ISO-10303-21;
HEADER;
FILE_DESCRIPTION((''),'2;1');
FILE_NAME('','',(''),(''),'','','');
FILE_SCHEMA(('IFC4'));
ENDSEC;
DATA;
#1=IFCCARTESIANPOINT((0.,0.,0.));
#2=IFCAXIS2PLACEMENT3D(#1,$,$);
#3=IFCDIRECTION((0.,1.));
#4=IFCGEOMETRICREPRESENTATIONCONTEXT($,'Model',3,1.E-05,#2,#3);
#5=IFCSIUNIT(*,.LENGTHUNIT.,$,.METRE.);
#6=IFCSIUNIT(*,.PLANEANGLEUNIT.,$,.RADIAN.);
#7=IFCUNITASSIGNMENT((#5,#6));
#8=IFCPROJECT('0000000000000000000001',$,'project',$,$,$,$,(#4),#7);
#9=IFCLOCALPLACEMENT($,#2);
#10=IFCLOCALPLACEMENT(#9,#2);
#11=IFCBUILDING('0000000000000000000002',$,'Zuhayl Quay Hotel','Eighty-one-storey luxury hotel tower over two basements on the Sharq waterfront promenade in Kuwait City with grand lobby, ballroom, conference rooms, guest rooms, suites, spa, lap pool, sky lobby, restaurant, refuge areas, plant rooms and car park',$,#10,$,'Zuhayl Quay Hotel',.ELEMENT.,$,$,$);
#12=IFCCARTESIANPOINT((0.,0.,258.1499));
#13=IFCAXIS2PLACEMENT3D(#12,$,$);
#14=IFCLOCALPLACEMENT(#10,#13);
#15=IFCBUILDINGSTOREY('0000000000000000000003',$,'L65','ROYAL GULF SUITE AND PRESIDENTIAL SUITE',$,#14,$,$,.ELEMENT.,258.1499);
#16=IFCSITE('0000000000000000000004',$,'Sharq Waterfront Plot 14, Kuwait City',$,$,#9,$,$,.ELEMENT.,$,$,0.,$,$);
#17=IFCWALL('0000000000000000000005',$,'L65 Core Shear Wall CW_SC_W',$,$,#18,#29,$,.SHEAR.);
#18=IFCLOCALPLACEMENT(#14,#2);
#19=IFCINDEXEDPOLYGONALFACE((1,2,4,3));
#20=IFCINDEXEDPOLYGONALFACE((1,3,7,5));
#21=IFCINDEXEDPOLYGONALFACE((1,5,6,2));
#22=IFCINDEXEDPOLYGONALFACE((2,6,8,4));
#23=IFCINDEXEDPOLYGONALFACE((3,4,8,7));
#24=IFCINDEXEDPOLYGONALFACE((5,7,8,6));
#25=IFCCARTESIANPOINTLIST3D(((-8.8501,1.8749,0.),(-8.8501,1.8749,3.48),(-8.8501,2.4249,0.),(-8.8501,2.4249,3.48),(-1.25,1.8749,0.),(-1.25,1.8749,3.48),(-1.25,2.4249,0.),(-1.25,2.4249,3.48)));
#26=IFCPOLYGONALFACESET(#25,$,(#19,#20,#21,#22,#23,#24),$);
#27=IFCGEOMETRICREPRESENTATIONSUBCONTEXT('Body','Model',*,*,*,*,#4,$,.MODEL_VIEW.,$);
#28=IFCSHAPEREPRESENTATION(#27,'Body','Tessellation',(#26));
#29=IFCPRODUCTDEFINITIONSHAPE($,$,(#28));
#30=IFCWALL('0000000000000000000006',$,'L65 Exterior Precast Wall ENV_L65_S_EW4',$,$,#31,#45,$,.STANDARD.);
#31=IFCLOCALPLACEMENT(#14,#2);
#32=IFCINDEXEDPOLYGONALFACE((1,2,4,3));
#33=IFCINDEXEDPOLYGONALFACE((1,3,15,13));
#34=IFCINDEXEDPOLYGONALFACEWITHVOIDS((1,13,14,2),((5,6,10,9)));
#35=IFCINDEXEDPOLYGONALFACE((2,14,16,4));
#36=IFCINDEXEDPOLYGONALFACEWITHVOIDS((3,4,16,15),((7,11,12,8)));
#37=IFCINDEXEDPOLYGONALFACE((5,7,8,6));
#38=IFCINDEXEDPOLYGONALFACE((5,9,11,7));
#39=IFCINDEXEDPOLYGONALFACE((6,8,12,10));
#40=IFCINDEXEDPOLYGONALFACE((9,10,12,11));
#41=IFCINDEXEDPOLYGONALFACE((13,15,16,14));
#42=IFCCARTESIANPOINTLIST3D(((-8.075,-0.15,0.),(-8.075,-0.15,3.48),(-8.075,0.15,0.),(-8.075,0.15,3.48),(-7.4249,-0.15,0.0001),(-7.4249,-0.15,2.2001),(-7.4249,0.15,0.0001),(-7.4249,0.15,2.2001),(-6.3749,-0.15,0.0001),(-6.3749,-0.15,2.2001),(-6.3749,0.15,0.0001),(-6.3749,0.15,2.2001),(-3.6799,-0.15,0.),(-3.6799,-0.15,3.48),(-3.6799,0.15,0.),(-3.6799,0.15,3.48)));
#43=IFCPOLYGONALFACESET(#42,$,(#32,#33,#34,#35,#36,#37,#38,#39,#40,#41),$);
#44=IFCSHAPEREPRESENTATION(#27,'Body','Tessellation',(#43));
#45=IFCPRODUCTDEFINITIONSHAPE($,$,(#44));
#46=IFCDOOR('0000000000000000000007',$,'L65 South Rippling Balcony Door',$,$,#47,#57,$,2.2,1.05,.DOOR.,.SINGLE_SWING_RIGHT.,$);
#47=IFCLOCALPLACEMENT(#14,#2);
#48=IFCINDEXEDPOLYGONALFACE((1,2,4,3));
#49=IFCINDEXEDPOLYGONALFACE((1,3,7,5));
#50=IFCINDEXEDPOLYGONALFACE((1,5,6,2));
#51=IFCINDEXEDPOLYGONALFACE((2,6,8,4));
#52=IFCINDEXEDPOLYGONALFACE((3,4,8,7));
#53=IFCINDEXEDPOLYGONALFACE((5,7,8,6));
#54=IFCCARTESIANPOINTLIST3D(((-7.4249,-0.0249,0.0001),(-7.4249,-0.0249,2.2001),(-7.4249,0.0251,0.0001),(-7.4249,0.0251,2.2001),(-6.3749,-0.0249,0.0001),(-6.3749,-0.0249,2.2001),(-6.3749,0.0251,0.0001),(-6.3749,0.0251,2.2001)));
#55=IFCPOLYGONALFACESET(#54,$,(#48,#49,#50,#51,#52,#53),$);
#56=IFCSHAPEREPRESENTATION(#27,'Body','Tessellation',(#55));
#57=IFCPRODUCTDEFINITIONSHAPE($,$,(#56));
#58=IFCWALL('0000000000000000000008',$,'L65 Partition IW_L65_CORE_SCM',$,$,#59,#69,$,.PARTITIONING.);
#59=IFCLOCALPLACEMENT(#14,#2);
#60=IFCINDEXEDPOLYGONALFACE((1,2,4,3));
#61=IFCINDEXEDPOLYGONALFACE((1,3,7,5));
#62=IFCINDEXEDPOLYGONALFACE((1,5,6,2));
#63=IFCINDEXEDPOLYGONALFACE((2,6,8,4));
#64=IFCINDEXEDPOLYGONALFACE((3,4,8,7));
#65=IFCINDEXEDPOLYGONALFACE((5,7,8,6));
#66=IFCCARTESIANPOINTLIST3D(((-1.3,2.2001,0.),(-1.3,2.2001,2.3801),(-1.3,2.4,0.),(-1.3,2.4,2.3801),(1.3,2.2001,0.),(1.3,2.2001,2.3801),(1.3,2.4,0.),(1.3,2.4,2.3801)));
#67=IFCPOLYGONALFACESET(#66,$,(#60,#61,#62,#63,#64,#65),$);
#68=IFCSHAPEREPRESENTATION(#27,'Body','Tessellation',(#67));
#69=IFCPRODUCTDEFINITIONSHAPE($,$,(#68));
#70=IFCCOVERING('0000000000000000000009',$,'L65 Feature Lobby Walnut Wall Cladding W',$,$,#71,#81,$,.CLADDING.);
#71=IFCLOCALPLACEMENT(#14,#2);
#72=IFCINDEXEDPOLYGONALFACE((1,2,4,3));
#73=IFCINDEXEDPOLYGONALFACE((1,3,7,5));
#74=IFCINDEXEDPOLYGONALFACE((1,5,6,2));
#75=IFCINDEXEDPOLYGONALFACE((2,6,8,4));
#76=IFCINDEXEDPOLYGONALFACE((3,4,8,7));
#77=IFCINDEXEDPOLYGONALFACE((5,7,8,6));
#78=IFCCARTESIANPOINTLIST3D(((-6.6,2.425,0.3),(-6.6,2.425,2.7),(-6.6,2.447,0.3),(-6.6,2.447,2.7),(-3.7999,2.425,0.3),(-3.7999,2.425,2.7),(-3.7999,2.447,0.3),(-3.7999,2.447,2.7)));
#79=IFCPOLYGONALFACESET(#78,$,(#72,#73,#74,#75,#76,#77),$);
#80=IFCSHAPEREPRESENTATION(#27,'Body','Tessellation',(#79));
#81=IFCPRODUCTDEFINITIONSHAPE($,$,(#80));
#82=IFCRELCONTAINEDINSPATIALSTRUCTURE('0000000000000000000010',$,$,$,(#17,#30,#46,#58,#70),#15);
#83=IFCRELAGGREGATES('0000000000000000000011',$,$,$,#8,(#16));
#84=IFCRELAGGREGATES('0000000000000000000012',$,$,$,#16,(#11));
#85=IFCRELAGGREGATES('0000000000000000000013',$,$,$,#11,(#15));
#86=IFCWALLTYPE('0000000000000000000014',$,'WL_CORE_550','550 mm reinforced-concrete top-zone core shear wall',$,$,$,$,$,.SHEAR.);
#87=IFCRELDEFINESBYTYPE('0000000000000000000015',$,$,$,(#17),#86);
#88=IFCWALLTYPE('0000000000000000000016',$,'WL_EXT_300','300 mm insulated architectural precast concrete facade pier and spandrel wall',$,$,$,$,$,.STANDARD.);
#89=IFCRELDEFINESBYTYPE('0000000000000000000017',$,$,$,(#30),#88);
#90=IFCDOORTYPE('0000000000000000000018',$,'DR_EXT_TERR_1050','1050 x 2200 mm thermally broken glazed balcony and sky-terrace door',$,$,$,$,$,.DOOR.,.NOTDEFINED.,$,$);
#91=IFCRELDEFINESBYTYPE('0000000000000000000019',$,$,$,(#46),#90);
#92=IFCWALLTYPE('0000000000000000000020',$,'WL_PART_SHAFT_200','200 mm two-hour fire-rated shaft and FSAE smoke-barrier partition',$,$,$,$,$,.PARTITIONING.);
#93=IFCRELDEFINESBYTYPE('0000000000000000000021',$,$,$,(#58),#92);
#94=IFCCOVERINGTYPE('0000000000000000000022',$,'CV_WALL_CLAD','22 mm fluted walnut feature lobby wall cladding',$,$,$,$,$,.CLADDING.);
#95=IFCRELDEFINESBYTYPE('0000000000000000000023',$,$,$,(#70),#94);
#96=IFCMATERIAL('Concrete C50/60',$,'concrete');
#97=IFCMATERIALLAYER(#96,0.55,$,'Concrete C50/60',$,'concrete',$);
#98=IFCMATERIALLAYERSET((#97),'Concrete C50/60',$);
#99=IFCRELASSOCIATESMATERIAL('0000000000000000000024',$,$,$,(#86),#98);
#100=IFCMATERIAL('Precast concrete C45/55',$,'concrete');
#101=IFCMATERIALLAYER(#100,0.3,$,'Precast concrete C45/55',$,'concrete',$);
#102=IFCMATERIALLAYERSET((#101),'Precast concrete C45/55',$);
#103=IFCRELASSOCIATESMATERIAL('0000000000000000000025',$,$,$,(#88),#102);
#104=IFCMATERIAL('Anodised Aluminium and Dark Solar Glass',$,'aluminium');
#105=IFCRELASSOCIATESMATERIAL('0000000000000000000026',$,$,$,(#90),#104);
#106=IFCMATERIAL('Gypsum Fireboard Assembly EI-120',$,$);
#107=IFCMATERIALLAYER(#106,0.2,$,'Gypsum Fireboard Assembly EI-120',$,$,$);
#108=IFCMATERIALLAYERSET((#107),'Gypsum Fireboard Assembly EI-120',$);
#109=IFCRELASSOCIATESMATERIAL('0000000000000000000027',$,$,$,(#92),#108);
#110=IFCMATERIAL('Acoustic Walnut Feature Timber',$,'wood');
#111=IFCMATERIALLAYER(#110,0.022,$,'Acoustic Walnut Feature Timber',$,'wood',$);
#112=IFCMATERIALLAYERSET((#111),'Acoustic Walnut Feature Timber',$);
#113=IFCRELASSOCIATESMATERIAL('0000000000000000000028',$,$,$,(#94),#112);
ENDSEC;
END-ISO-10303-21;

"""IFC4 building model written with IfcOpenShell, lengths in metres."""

from ifc_helpers import new_model, si_unit, direction, frame, frame_2d, origin, origin_2d, place, context, subcontext, project, spatial, rectangle, extrude, material, layer, layer_set, type_object, element, fill, save


model = new_model("IFC4")

# Units and contexts
model_context = context("Model", 3, precision=1e-05, world=origin(), true_north=direction((0.0, 1.0)))
body_context = subcontext(model_context, "Body", "Model", "MODEL_VIEW")
ifc_project = project(units=[si_unit("LENGTHUNIT", "METRE"), si_unit("PLANEANGLEUNIT", "RADIAN")], contexts=[model_context])

# Site, building, storey
site_placement = place(None, origin())
site = spatial("IfcSite", under=ifc_project, at=site_placement, Name="Sharq Waterfront Plot 14, Kuwait City", CompositionType="ELEMENT", RefElevation=0.0)
building_placement = place(site_placement, origin())
building = spatial("IfcBuilding", under=site, at=building_placement, Name="Zuhayl Quay Hotel", Description="Eighty-one-storey luxury hotel tower over two basements on the Sharq waterfront promenade in Kuwait City with grand lobby, ballroom, conference rooms, guest rooms, suites, spa, lap pool, sky lobby, restaurant, refuge areas, plant rooms and car park", LongName="Zuhayl Quay Hotel", CompositionType="ELEMENT")
storey_placement = place(building_placement, frame((0.0, 0.0, 258.1499)))
storey = spatial("IfcBuildingStorey", under=building, at=storey_placement, Name="L65", Description="ROYAL GULF SUITE AND PRESIDENTIAL SUITE", CompositionType="ELEMENT", Elevation=258.1499)

# Wall
ifc_material_1 = material(Name="Concrete C50/60", Category="concrete")
ifc_layer_1 = layer(ifc_material_1, 0.55, Name="Concrete C50/60", Category="concrete")
ifc_layer_set_1 = layer_set([ifc_layer_1], Name="Concrete C50/60")
wall_type_1 = type_object("IfcWallType", Name="WL_CORE_550", Description="550 mm reinforced-concrete top-zone core shear wall", PredefinedType="SHEAR", material=ifc_layer_set_1)
wall_1_placement = place(storey_placement, frame((-8.8501, 2.1499, 0.0), z_axis=(0.0, 0.0, 1.0), x_axis=(1.0, 0.0, 0.0)))
element("IfcWall", 1, at=wall_1_placement, inside=storey, type_object=wall_type_1, Name="L65 Core Shear Wall CW_SC_W", PredefinedType="SHEAR", context=body_context, shape_type="SweptSolid", body=[
    extrude(rectangle(XDim=7.6001, YDim=0.55, at=frame_2d((3.8, 0.0))), origin(), (0.0, 0.0, 1.0), 3.48),
])

# Wall, opening, door
ifc_material_2 = material(Name="Precast concrete C45/55", Category="concrete")
ifc_layer_2 = layer(ifc_material_2, 0.3, Name="Precast concrete C45/55", Category="concrete")
ifc_layer_set_2 = layer_set([ifc_layer_2], Name="Precast concrete C45/55")
wall_type_2 = type_object("IfcWallType", Name="WL_EXT_300", Description="300 mm insulated architectural precast concrete facade pier and spandrel wall", PredefinedType="STANDARD", material=ifc_layer_set_2)
wall_2_placement = place(storey_placement, frame((-3.6799, 0.0, 0.0), z_axis=(0.0, 0.0, 1.0), x_axis=(-1.0, 0.0, 0.0)))
wall_2 = element("IfcWall", 2, at=wall_2_placement, inside=storey, type_object=wall_type_2, Name="L65 Exterior Precast Wall ENV_L65_S_EW4", PredefinedType="STANDARD", context=body_context, shape_type="SweptSolid", body=[
    extrude(rectangle(XDim=4.395, YDim=0.3, at=frame_2d((2.1975, 0.0))), origin(), (0.0, 0.0, 1.0), 3.48),
])
opening_placement = place(wall_2_placement, frame((2.6951, 0.0, 0.0)))
opening = element("IfcOpeningElement", 3, at=opening_placement, cuts=wall_2, PredefinedType="OPENING", context=body_context, shape_type="SweptSolid", body=[
    extrude(rectangle(XDim=1.05, YDim=2.2, at=frame_2d((0.5249, 1.1001))), frame((0.0, 0.1599, 0.0), z_axis=(0.0, -1.0, 0.0), x_axis=(1.0, 0.0, 0.0)), (0.0, 0.0, 1.0), 0.3201),
])
ifc_material_3 = material(Name="Anodised Aluminium and Dark Solar Glass", Category="aluminium")
door_type = type_object("IfcDoorType", Name="DR_EXT_TERR_1050", Description="1050 x 2200 mm thermally broken glazed balcony and sky-terrace door", OperationType="NOTDEFINED", PredefinedType="DOOR", material=ifc_material_3)
door_placement = place(opening_placement, origin())
door = element("IfcDoor", 4, at=door_placement, inside=storey, type_object=door_type, Name="L65 South Rippling Balcony Door", OperationType="SINGLE_SWING_RIGHT", OverallHeight=2.2, OverallWidth=1.05, PredefinedType="DOOR", context=body_context, shape_type="SweptSolid", body=[
    extrude(rectangle(XDim=1.05, YDim=2.2, at=frame_2d((0.5249, 1.1001))), frame((0.0, 0.0249, 0.0), z_axis=(0.0, -1.0, 0.0), x_axis=(1.0, 0.0, 0.0)), (0.0, 0.0, 1.0), 0.05),
])
fill(opening, door)

# Wall
ifc_material_4 = material(Name="Gypsum Fireboard Assembly EI-120")
ifc_layer_3 = layer(ifc_material_4, 0.2, Name="Gypsum Fireboard Assembly EI-120")
ifc_layer_set_3 = layer_set([ifc_layer_3], Name="Gypsum Fireboard Assembly EI-120")
wall_type_3 = type_object("IfcWallType", Name="WL_PART_SHAFT_200", Description="200 mm two-hour fire-rated shaft and FSAE smoke-barrier partition", PredefinedType="PARTITIONING", material=ifc_layer_set_3)
wall_3_placement = place(storey_placement, frame((-1.3, 2.3, 0.0), z_axis=(0.0, 0.0, 1.0), x_axis=(1.0, 0.0, 0.0)))
element("IfcWall", 5, at=wall_3_placement, inside=storey, type_object=wall_type_3, Name="L65 Partition IW_L65_CORE_SCM", PredefinedType="PARTITIONING", context=body_context, shape_type="SweptSolid", body=[
    extrude(rectangle(XDim=2.6001, YDim=0.2, at=frame_2d((1.3, 0.0))), origin(), (0.0, 0.0, 1.0), 2.3801),
])

# Covering
ifc_material_5 = material(Name="Acoustic Walnut Feature Timber", Category="wood")
ifc_layer_4 = layer(ifc_material_5, 0.022, Name="Acoustic Walnut Feature Timber", Category="wood")
ifc_layer_set_4 = layer_set([ifc_layer_4], Name="Acoustic Walnut Feature Timber")
covering_type = type_object("IfcCoveringType", Name="CV_WALL_CLAD", Description="22 mm fluted walnut feature lobby wall cladding", PredefinedType="CLADDING", material=ifc_layer_set_4)
covering_placement = place(storey_placement, frame((-5.2, 2.436, 0.3), z_axis=(0.0, 0.0, 1.0), x_axis=(1.0, 0.0, 0.0)))
element("IfcCovering", 6, at=covering_placement, inside=storey, type_object=covering_type, Name="L65 Feature Lobby Walnut Wall Cladding W", PredefinedType="CLADDING", context=body_context, shape_type="SweptSolid", body=[
    extrude(rectangle(XDim=2.8, YDim=0.022, at=origin_2d()), origin(), (0.0, 0.0, 1.0), 2.3999),
])

save(model, "model.ifc")
